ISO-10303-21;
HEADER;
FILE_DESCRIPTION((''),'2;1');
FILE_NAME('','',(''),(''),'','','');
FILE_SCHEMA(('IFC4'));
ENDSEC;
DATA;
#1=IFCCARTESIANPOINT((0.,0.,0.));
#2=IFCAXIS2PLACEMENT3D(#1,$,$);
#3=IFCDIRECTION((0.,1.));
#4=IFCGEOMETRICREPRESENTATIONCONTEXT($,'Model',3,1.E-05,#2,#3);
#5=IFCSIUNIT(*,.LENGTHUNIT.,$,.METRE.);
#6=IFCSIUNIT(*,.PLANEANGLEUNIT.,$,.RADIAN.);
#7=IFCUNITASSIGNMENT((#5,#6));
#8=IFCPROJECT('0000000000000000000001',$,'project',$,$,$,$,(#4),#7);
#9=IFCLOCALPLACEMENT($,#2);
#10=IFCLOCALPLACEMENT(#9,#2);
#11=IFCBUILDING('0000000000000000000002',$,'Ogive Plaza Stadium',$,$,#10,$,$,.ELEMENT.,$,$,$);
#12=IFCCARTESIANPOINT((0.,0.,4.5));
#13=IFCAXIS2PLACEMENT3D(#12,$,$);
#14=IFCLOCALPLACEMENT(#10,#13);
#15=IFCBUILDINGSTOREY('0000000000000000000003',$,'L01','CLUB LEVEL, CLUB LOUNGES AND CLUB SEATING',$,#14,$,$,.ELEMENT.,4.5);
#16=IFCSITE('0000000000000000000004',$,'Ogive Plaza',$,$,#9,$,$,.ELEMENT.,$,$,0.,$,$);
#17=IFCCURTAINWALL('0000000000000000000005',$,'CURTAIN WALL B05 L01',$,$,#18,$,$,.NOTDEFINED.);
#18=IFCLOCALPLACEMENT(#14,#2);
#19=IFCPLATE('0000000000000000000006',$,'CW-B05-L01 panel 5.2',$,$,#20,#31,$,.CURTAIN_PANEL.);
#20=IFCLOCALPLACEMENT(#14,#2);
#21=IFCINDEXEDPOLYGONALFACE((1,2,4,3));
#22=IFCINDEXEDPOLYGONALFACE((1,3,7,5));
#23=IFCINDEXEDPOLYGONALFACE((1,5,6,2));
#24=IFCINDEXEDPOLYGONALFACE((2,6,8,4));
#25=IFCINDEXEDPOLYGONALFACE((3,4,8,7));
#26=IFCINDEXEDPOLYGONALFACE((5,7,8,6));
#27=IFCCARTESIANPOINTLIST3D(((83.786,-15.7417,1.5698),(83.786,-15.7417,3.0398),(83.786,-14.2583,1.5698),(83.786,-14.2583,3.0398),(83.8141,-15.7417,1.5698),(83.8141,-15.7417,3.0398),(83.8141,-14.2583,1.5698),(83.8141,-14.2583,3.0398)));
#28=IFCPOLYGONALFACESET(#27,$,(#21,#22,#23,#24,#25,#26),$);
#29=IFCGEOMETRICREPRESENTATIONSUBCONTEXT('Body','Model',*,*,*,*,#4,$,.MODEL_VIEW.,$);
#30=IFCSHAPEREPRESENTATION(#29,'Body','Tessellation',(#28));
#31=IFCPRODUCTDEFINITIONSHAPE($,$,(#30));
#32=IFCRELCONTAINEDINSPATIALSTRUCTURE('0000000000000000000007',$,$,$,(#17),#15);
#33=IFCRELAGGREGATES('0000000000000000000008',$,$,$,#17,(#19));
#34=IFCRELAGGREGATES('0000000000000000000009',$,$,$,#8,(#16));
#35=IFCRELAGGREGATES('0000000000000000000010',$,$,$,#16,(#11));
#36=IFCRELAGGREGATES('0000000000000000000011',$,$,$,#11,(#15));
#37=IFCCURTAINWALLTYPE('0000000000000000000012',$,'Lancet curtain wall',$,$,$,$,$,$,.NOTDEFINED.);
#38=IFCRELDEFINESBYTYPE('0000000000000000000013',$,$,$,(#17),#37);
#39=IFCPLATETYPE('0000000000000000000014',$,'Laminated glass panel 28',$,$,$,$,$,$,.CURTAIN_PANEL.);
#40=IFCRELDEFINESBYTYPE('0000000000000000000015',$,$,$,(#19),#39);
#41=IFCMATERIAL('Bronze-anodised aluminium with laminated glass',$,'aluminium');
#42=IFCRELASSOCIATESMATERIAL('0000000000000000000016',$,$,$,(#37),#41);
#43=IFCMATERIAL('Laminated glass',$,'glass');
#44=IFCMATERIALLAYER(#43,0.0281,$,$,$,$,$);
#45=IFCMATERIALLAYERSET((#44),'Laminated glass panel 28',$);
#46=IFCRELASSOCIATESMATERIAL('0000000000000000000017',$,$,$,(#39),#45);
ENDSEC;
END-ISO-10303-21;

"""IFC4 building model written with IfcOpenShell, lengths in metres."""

from ifc_helpers import new_model, si_unit, direction, frame, origin, origin_2d, place, context, subcontext, project, spatial, rectangle, extrude, material, layer, layer_set, type_object, element, aggregate, save


model = new_model("IFC4")

# Units and contexts
model_context = context("Model", 3, precision=1e-05, world=origin(), true_north=direction((0.0, 1.0)))
body_context = subcontext(model_context, "Body", "Model", "MODEL_VIEW")
ifc_project = project(units=[si_unit("LENGTHUNIT", "METRE"), si_unit("PLANEANGLEUNIT", "RADIAN")], contexts=[model_context])

# Site, building, storey
site_placement = place(None, origin())
site = spatial("IfcSite", under=ifc_project, at=site_placement, Name="Ogive Plaza", CompositionType="ELEMENT", RefElevation=0.0)
building_placement = place(site_placement, origin())
building = spatial("IfcBuilding", under=site, at=building_placement, Name="Ogive Plaza Stadium", CompositionType="ELEMENT")
storey_placement = place(building_placement, frame((0.0, 0.0, 4.5)))
storey = spatial("IfcBuildingStorey", under=building, at=storey_placement, Name="L01", Description="CLUB LEVEL, CLUB LOUNGES AND CLUB SEATING", CompositionType="ELEMENT", Elevation=4.5)

# Curtain wall, plate
ifc_material_1 = material(Name="Bronze-anodised aluminium with laminated glass", Category="aluminium")
curtain_wall_type = type_object("IfcCurtainWallType", Name="Lancet curtain wall", PredefinedType="NOTDEFINED", material=ifc_material_1)
curtain_wall_placement = place(storey_placement, origin())
curtain_wall = element("IfcCurtainWall", 1, at=curtain_wall_placement, inside=storey, type_object=curtain_wall_type, Name="CURTAIN WALL B05 L01", PredefinedType="NOTDEFINED")
ifc_material_2 = material(Name="Laminated glass", Category="glass")
ifc_layer = layer(ifc_material_2, 0.0281)
ifc_layer_set = layer_set([ifc_layer], Name="Laminated glass panel 28")
plate_type = type_object("IfcPlateType", Name="Laminated glass panel 28", PredefinedType="CURTAIN_PANEL", material=ifc_layer_set)
plate_1_placement = place(storey_placement, frame((83.8, -15.0, 1.5698), z_axis=(0.0, 0.0, 1.0), x_axis=(0.0, -1.0, 0.0)))
plate_1 = element("IfcPlate", 2, at=plate_1_placement, type_object=plate_type, Name="CW-B05-L01 panel 5.2", PredefinedType="CURTAIN_PANEL", context=body_context, shape_type="SweptSolid", body=[
    extrude(rectangle(XDim=1.4834, YDim=0.0281, at=origin_2d()), origin(), (0.0, 0.0, 1.0), 1.47),
])
aggregate(curtain_wall, [plate_1])

save(model, "model.ifc")
